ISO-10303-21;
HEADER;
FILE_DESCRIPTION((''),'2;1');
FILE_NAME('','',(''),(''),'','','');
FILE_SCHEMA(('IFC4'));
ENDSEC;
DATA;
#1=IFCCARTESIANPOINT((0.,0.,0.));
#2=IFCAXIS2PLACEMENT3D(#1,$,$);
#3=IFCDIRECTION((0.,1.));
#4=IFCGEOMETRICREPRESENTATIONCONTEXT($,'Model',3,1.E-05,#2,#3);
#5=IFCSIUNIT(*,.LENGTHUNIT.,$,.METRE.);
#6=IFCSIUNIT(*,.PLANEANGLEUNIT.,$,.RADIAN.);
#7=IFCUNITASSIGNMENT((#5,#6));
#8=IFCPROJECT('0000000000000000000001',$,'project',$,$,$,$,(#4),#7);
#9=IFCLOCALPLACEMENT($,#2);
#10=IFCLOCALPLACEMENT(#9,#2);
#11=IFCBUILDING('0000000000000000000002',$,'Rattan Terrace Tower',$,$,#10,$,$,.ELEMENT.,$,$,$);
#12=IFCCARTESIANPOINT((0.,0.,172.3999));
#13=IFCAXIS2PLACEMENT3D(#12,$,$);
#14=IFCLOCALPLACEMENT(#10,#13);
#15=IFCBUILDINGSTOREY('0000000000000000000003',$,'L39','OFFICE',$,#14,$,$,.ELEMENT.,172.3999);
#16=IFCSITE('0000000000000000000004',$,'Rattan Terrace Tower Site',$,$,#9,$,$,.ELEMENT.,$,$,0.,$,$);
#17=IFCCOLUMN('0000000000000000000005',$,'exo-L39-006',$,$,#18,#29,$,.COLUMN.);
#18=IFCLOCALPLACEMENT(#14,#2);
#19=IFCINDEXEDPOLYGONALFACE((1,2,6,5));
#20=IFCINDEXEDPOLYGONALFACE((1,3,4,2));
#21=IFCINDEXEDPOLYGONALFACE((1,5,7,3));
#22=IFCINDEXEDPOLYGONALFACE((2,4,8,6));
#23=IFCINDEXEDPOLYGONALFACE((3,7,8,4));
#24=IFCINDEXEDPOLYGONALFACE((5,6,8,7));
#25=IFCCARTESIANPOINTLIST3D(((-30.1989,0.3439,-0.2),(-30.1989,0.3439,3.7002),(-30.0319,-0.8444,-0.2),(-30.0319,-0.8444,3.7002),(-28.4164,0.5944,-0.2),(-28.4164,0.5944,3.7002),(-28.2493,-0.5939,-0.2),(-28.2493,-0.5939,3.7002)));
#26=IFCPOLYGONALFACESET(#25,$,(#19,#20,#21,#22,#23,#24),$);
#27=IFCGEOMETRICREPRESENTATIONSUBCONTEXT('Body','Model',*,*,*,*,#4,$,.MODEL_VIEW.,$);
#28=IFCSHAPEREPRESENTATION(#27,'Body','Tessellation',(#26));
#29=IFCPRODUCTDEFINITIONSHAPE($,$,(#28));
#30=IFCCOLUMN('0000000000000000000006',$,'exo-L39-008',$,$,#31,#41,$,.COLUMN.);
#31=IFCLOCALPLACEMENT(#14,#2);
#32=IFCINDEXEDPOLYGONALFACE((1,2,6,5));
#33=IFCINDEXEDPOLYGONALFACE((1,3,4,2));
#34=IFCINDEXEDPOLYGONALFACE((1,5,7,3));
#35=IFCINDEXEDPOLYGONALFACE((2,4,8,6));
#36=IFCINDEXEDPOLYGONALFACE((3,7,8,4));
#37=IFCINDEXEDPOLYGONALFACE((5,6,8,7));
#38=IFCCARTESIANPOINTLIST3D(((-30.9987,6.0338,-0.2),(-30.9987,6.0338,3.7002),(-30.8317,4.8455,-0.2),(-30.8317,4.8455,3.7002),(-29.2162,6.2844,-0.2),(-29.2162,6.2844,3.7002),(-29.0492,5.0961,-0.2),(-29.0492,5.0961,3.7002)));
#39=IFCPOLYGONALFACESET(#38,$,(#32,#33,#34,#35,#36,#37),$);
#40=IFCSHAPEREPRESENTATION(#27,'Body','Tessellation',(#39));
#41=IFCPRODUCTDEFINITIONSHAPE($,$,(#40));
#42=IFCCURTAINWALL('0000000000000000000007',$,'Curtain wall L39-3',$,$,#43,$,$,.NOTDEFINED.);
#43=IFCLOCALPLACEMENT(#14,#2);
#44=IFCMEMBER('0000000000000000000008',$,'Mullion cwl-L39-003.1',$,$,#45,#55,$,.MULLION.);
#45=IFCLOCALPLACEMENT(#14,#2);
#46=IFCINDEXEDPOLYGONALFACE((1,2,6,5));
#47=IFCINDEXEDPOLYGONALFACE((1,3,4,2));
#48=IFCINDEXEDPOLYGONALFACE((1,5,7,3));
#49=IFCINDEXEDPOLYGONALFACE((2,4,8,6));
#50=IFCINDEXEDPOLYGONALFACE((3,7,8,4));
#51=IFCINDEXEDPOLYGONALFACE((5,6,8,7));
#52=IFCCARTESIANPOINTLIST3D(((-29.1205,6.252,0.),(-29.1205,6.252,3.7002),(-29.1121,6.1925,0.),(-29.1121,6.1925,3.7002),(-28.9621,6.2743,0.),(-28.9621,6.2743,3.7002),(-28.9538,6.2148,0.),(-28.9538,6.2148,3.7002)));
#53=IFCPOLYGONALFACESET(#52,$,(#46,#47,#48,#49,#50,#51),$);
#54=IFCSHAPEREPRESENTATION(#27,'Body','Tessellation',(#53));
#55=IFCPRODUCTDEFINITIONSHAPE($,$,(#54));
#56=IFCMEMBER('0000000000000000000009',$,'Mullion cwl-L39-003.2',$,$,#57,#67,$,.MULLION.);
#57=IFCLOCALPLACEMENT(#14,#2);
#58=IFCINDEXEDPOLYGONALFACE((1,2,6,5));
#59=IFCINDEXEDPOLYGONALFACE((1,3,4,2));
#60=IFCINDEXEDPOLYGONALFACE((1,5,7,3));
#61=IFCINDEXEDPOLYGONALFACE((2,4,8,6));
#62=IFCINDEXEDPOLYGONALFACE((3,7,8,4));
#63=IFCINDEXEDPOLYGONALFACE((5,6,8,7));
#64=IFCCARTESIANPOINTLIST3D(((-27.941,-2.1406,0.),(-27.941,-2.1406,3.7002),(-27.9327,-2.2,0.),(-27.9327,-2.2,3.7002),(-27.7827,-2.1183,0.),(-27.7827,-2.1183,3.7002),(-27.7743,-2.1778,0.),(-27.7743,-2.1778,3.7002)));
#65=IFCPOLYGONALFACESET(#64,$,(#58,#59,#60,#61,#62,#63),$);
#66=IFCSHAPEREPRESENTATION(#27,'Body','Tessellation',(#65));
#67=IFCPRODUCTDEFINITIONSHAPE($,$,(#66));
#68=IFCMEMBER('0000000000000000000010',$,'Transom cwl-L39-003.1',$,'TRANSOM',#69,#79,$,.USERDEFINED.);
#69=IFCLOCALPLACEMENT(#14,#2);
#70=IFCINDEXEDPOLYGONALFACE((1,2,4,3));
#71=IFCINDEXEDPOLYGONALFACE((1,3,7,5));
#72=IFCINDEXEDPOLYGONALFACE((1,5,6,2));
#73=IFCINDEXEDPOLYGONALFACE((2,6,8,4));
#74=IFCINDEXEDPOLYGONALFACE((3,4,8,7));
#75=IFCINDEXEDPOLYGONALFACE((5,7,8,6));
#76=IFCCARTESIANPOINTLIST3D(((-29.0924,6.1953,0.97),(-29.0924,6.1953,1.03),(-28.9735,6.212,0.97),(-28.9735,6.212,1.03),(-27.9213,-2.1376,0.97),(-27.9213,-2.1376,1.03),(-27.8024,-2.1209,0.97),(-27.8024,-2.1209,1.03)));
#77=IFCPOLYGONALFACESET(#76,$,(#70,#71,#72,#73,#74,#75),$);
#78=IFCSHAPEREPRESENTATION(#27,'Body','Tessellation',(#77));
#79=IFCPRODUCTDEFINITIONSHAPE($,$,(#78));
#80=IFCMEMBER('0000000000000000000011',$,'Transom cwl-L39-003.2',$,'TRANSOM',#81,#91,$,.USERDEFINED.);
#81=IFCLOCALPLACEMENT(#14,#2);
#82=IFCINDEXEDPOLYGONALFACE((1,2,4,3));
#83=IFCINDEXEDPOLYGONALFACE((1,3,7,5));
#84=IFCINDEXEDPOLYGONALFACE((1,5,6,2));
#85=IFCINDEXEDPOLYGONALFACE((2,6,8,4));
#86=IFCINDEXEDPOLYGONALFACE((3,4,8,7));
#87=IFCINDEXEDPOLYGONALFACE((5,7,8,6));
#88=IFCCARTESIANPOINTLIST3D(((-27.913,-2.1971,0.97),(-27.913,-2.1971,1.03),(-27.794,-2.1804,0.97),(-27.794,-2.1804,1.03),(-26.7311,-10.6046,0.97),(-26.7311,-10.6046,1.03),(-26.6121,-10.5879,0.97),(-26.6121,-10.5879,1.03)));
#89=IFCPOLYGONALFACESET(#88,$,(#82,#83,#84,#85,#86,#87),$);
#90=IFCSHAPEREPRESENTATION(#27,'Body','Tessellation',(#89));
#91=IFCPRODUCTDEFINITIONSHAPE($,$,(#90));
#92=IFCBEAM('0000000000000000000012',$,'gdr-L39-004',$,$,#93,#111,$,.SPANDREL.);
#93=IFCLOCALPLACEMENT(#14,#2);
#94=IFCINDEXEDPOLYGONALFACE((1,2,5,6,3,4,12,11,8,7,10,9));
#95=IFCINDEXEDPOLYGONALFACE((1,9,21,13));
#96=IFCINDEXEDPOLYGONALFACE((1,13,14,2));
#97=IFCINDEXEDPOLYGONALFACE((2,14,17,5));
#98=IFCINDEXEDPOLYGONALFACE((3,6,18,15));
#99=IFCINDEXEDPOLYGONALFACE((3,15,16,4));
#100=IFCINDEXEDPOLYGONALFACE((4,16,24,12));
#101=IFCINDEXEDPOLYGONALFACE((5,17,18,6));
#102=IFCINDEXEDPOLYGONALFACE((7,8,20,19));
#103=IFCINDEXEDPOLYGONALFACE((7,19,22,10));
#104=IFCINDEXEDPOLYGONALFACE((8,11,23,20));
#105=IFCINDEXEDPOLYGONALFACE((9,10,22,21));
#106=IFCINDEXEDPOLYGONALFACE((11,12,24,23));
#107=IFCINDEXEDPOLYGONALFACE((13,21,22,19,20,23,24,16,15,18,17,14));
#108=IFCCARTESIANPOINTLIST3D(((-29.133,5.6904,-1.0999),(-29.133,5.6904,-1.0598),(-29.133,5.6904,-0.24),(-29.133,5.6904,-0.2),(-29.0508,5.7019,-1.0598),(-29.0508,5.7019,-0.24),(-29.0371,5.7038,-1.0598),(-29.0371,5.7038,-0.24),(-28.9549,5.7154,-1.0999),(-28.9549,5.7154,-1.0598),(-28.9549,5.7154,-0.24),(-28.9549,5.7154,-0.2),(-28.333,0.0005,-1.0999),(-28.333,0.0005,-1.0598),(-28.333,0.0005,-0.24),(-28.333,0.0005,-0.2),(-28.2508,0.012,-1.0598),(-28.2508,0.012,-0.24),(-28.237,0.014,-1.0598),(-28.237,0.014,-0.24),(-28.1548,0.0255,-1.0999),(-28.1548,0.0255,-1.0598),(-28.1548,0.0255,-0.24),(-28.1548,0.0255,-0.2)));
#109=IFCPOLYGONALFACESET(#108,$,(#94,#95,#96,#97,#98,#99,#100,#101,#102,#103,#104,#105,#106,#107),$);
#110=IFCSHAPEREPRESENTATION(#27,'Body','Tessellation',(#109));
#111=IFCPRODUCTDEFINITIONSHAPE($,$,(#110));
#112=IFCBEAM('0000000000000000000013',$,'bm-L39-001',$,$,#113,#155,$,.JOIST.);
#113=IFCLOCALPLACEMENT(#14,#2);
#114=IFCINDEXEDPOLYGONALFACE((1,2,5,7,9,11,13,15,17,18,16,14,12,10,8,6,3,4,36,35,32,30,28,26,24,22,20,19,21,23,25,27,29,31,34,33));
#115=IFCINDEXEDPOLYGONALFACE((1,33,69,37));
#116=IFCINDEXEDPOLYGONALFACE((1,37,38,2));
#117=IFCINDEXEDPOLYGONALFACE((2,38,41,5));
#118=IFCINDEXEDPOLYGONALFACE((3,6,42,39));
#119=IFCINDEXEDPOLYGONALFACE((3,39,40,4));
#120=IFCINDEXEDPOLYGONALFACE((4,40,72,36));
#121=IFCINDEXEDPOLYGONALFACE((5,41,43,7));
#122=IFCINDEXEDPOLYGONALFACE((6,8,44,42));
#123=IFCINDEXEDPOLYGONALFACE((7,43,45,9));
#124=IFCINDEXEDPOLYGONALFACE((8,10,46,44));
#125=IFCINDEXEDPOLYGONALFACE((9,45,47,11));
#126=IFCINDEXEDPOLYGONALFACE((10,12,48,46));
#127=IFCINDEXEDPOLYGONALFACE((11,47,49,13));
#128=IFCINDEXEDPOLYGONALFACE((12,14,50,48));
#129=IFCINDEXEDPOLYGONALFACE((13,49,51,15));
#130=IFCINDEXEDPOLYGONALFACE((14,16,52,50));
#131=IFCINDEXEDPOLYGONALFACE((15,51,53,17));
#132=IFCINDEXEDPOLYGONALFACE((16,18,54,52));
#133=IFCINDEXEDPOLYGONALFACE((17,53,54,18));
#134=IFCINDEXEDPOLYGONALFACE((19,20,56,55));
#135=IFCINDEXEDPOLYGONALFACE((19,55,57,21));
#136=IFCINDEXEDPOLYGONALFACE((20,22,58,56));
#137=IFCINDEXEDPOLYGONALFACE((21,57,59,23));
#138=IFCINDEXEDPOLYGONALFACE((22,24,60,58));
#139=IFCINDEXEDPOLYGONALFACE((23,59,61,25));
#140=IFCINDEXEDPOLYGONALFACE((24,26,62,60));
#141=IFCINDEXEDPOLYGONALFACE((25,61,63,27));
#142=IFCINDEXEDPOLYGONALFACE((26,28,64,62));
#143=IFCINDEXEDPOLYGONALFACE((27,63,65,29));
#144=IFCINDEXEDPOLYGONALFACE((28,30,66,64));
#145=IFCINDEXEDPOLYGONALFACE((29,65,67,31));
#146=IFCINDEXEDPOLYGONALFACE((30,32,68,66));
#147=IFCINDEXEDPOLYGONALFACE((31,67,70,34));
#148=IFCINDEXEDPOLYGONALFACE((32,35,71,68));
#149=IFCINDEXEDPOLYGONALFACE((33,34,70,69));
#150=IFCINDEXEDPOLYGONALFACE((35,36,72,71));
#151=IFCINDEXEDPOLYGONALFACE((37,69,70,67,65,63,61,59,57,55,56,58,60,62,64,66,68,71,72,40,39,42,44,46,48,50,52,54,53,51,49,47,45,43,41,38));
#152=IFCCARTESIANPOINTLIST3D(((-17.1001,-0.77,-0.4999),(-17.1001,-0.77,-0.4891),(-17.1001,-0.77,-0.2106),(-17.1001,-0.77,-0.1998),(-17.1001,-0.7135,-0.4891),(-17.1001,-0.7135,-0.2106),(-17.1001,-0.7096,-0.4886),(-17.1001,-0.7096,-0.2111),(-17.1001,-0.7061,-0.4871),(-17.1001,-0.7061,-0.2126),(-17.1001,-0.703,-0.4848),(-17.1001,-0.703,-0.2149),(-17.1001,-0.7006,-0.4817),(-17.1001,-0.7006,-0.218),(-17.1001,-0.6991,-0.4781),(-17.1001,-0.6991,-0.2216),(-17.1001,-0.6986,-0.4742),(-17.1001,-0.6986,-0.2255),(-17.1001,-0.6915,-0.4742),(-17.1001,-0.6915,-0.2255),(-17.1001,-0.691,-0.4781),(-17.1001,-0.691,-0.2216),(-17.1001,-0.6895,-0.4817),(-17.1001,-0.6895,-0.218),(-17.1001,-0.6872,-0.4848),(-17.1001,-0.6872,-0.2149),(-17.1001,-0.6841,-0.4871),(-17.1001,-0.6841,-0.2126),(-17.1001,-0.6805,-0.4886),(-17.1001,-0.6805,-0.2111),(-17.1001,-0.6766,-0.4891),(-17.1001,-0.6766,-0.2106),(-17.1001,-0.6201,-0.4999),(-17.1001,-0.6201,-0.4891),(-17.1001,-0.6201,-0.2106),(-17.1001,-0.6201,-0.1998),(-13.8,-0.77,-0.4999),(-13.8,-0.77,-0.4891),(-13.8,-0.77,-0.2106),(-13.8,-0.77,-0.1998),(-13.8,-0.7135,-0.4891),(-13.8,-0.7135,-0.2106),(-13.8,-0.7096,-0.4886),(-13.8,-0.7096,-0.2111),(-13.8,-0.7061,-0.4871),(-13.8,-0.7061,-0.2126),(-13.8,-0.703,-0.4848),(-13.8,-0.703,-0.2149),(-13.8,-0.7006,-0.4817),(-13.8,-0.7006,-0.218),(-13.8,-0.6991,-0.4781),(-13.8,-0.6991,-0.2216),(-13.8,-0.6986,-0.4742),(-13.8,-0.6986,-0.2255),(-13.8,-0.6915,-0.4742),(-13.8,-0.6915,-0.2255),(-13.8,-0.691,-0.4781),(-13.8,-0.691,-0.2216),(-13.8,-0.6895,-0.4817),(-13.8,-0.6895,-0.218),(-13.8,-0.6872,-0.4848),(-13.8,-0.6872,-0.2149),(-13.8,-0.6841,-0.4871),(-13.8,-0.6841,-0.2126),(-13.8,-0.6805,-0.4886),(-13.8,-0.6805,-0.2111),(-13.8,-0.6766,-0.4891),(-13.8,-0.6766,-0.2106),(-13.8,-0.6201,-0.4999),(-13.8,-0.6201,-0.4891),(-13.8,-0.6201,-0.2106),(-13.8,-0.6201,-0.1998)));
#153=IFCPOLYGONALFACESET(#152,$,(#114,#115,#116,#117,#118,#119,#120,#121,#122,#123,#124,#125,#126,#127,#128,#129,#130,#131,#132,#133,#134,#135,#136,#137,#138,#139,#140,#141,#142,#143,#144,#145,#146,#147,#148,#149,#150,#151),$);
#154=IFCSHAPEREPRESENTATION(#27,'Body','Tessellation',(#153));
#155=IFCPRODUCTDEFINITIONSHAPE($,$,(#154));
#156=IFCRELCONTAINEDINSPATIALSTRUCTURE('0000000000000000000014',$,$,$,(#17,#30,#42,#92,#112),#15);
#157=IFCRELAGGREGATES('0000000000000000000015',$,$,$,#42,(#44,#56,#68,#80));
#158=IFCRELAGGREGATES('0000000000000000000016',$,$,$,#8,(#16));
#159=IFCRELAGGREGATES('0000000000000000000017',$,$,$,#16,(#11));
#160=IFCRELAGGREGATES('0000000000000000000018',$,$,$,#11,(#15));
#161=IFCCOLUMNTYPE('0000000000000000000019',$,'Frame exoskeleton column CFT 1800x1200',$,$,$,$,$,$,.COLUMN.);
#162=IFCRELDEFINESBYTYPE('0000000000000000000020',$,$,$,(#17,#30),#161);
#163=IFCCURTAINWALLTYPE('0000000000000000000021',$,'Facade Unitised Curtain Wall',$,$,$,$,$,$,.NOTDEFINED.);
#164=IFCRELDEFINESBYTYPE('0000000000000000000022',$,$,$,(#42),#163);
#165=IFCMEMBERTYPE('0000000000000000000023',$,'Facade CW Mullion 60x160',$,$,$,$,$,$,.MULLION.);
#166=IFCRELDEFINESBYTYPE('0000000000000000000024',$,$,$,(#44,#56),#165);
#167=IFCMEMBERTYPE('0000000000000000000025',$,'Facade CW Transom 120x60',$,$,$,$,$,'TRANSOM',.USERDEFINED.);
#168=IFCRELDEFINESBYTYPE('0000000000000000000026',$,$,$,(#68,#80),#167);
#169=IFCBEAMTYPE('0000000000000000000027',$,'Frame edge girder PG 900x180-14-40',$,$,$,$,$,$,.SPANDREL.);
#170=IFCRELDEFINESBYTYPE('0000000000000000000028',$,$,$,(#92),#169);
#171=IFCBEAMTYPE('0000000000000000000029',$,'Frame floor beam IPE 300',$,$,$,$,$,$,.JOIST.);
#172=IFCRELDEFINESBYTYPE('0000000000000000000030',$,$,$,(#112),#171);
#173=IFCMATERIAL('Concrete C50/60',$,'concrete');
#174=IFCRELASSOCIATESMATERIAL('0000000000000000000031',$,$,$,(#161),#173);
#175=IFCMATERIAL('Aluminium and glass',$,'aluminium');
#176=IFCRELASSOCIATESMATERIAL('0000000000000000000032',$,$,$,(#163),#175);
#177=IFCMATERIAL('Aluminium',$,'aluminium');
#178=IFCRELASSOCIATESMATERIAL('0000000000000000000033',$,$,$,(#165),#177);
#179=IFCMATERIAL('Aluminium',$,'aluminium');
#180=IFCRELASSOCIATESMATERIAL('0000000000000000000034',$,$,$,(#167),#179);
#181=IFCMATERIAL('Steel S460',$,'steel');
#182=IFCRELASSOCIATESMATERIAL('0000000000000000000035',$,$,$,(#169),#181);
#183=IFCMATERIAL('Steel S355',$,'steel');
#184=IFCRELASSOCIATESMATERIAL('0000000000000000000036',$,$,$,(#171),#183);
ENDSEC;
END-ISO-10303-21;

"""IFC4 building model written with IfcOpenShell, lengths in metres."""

from ifc_helpers import new_model, si_unit, direction, frame, origin, origin_2d, place, context, subcontext, project, spatial, rectangle, i_section, extrude, material, material_profile, profile_set, type_object, element, aggregate, save


model = new_model("IFC4")

# Units and contexts
model_context = context("Model", 3, precision=1e-05, world=origin(), true_north=direction((0.0, 1.0)))
body_context = subcontext(model_context, "Body", "Model", "MODEL_VIEW")
ifc_project = project(units=[si_unit("LENGTHUNIT", "METRE"), si_unit("PLANEANGLEUNIT", "RADIAN")], contexts=[model_context])

# Site, building, storey
site_placement = place(None, origin())
site = spatial("IfcSite", under=ifc_project, at=site_placement, Name="Rattan Terrace Tower Site", CompositionType="ELEMENT", RefElevation=0.0)
building_placement = place(site_placement, origin())
building = spatial("IfcBuilding", under=site, at=building_placement, Name="Rattan Terrace Tower", CompositionType="ELEMENT")
storey_placement = place(building_placement, frame((0.0, 0.0, 172.3999)))
storey = spatial("IfcBuildingStorey", under=building, at=storey_placement, Name="L39", Description="OFFICE", CompositionType="ELEMENT", Elevation=172.3999)

# Columns
ifc_material_1 = material(Name="Concrete C50/60", Category="concrete")
ifc_material_profile_1 = material_profile(ifc_material_1, rectangle(XDim=1.2, YDim=1.8, at=origin_2d()), Name="CFT 1800x1200")
ifc_profile_set_1 = profile_set([ifc_material_profile_1], Name="Concrete C50/60")
column_type = type_object("IfcColumnType", Name="Frame exoskeleton column CFT 1800x1200", PredefinedType="COLUMN", material=ifc_profile_set_1)
for number, where, z_axis, x_axis, name in (
    (1, (-29.2241, -0.125, -0.2), (0.0, 0.0, 1.0), (-0.13919, 0.990266, 0.0), "exo-L39-006"),
    (2, (-30.0239, 5.5649, -0.2), (0.0, 0.0, 1.0), (-0.13919, 0.990266, 0.0), "exo-L39-008"),
):
    element("IfcColumn", number, at=place(storey_placement, frame(where, z_axis=z_axis, x_axis=x_axis)), inside=storey, type_object=column_type, Name=name, PredefinedType="COLUMN", context=body_context, shape_type="SweptSolid", body=[
        extrude(rectangle(XDim=1.2, YDim=1.8, at=origin_2d()), origin(), (0.0, 0.0, 1.0), 3.9001),
    ])

# Curtain wall, members
ifc_material_2 = material(Name="Aluminium and glass", Category="aluminium")
curtain_wall_type = type_object("IfcCurtainWallType", Name="Facade Unitised Curtain Wall", PredefinedType="NOTDEFINED", material=ifc_material_2)
curtain_wall_placement = place(storey_placement, origin())
curtain_wall = element("IfcCurtainWall", 3, at=curtain_wall_placement, inside=storey, type_object=curtain_wall_type, Name="Curtain wall L39-3", PredefinedType="NOTDEFINED")
ifc_material_3 = material(Name="Aluminium", Category="aluminium")
ifc_material_profile_2 = material_profile(ifc_material_3, rectangle(XDim=0.0601, YDim=0.1599, at=origin_2d()), Name="Aluminium 60x160")
ifc_profile_set_2 = profile_set([ifc_material_profile_2], Name="Aluminium")
member_type_1 = type_object("IfcMemberType", Name="Facade CW Mullion 60x160", PredefinedType="MULLION", material=ifc_profile_set_2)
member_1_placement = place(storey_placement, frame((-29.0371, 6.2334, 0.0), z_axis=(0.0, 0.0, 1.0), x_axis=(0.139191, -0.990266, 0.0)))
member_1 = element("IfcMember", 4, at=member_1_placement, type_object=member_type_1, Name="Mullion cwl-L39-003.1", PredefinedType="MULLION", context=body_context, shape_type="SweptSolid", body=[
    extrude(rectangle(XDim=0.0601, YDim=0.1599, at=origin_2d()), origin(), (0.0, 0.0, 1.0), 3.7002),
])
member_2_placement = place(storey_placement, frame((-27.8577, -2.1592, 0.0), z_axis=(0.0, 0.0, 1.0), x_axis=(0.139191, -0.990266, 0.0)))
member_2 = element("IfcMember", 5, at=member_2_placement, type_object=member_type_1, Name="Mullion cwl-L39-003.2", PredefinedType="MULLION", context=body_context, shape_type="SweptSolid", body=[
    extrude(rectangle(XDim=0.0601, YDim=0.1599, at=origin_2d()), origin(), (0.0, 0.0, 1.0), 3.7002),
])
ifc_material_4 = material(Name="Aluminium", Category="aluminium")
ifc_material_profile_3 = material_profile(ifc_material_4, rectangle(XDim=0.1201, YDim=0.0601, at=origin_2d()), Name="Aluminium 120x60")
ifc_profile_set_3 = profile_set([ifc_material_profile_3], Name="Aluminium")
member_type_2 = type_object("IfcMemberType", Name="Facade CW Transom 120x60", ElementType="TRANSOM", PredefinedType="USERDEFINED", material=ifc_profile_set_3)
member_3_placement = place(storey_placement, frame((-29.033, 6.2036, 1.0), z_axis=(0.139175, -0.990268, 0.0), x_axis=(0.990268, 0.139175, 0.0)))
member_3 = element("IfcMember", 6, at=member_3_placement, type_object=member_type_2, Name="Transom cwl-L39-003.1", ObjectType="TRANSOM", PredefinedType="USERDEFINED", context=body_context, shape_type="SweptSolid", body=[
    extrude(rectangle(XDim=0.1201, YDim=0.0601, at=origin_2d()), origin(), (0.0, 0.0, 1.0), 8.4148),
])
member_4_placement = place(storey_placement, frame((-27.8535, -2.1887, 1.0), z_axis=(0.139207, -0.990263, 0.0), x_axis=(0.990263, 0.139207, 0.0)))
member_4 = element("IfcMember", 7, at=member_4_placement, type_object=member_type_2, Name="Transom cwl-L39-003.2", ObjectType="TRANSOM", PredefinedType="USERDEFINED", context=body_context, shape_type="SweptSolid", body=[
    extrude(rectangle(XDim=0.1201, YDim=0.0601, at=origin_2d()), origin(), (0.0, 0.0, 1.0), 8.4902),
])

# Beams
ifc_material_5 = material(Name="Steel S460", Category="steel")
ifc_material_profile_4 = material_profile(ifc_material_5, i_section(OverallWidth=0.1799, OverallDepth=0.8999, WebThickness=0.0139, FlangeThickness=0.04, at=origin_2d()), Name="PG 900x180-14-40")
ifc_profile_set_4 = profile_set([ifc_material_profile_4], Name="Steel S460")
beam_type_1 = type_object("IfcBeamType", Name="Frame edge girder PG 900x180-14-40", PredefinedType="SPANDREL", material=ifc_profile_set_4)
beam_1_placement = place(storey_placement, frame((-29.0439, 5.7029, -0.6499), z_axis=(0.139238, -0.990259, 0.0), x_axis=(0.990259, 0.139238, 0.0)))
element("IfcBeam", 8, at=beam_1_placement, inside=storey, type_object=beam_type_1, Name="gdr-L39-004", PredefinedType="SPANDREL", context=body_context, shape_type="SweptSolid", body=[
    extrude(i_section(OverallWidth=0.1799, OverallDepth=0.8999, WebThickness=0.0139, FlangeThickness=0.04, at=origin_2d()), origin(), (0.0, 0.0, 1.0), 5.7458),
])
ifc_material_6 = material(Name="Steel S355", Category="steel")
ifc_material_profile_5 = material_profile(ifc_material_6, i_section(OverallWidth=0.1499, OverallDepth=0.3, WebThickness=0.0071, FlangeThickness=0.0107, FilletRadius=0.0149, at=origin_2d()), Name="IPE 300")
ifc_profile_set_5 = profile_set([ifc_material_profile_5], Name="Steel S355")
beam_type_2 = type_object("IfcBeamType", Name="Frame floor beam IPE 300", PredefinedType="JOIST", material=ifc_profile_set_5)
beam_2_placement = place(storey_placement, frame((-17.1001, -0.6951, -0.3499), z_axis=(1.0, 0.0, 0.0), x_axis=(0.0, 1.0, 0.0)))
element("IfcBeam", 9, at=beam_2_placement, inside=storey, type_object=beam_type_2, Name="bm-L39-001", PredefinedType="JOIST", context=body_context, shape_type="SweptSolid", body=[
    extrude(i_section(OverallWidth=0.1499, OverallDepth=0.3, WebThickness=0.0071, FlangeThickness=0.0107, FilletRadius=0.0149, at=origin_2d()), origin(), (0.0, 0.0, 1.0), 3.3),
])

aggregate(curtain_wall, [member_1, member_2, member_3, member_4])

save(model, "model.ifc")
